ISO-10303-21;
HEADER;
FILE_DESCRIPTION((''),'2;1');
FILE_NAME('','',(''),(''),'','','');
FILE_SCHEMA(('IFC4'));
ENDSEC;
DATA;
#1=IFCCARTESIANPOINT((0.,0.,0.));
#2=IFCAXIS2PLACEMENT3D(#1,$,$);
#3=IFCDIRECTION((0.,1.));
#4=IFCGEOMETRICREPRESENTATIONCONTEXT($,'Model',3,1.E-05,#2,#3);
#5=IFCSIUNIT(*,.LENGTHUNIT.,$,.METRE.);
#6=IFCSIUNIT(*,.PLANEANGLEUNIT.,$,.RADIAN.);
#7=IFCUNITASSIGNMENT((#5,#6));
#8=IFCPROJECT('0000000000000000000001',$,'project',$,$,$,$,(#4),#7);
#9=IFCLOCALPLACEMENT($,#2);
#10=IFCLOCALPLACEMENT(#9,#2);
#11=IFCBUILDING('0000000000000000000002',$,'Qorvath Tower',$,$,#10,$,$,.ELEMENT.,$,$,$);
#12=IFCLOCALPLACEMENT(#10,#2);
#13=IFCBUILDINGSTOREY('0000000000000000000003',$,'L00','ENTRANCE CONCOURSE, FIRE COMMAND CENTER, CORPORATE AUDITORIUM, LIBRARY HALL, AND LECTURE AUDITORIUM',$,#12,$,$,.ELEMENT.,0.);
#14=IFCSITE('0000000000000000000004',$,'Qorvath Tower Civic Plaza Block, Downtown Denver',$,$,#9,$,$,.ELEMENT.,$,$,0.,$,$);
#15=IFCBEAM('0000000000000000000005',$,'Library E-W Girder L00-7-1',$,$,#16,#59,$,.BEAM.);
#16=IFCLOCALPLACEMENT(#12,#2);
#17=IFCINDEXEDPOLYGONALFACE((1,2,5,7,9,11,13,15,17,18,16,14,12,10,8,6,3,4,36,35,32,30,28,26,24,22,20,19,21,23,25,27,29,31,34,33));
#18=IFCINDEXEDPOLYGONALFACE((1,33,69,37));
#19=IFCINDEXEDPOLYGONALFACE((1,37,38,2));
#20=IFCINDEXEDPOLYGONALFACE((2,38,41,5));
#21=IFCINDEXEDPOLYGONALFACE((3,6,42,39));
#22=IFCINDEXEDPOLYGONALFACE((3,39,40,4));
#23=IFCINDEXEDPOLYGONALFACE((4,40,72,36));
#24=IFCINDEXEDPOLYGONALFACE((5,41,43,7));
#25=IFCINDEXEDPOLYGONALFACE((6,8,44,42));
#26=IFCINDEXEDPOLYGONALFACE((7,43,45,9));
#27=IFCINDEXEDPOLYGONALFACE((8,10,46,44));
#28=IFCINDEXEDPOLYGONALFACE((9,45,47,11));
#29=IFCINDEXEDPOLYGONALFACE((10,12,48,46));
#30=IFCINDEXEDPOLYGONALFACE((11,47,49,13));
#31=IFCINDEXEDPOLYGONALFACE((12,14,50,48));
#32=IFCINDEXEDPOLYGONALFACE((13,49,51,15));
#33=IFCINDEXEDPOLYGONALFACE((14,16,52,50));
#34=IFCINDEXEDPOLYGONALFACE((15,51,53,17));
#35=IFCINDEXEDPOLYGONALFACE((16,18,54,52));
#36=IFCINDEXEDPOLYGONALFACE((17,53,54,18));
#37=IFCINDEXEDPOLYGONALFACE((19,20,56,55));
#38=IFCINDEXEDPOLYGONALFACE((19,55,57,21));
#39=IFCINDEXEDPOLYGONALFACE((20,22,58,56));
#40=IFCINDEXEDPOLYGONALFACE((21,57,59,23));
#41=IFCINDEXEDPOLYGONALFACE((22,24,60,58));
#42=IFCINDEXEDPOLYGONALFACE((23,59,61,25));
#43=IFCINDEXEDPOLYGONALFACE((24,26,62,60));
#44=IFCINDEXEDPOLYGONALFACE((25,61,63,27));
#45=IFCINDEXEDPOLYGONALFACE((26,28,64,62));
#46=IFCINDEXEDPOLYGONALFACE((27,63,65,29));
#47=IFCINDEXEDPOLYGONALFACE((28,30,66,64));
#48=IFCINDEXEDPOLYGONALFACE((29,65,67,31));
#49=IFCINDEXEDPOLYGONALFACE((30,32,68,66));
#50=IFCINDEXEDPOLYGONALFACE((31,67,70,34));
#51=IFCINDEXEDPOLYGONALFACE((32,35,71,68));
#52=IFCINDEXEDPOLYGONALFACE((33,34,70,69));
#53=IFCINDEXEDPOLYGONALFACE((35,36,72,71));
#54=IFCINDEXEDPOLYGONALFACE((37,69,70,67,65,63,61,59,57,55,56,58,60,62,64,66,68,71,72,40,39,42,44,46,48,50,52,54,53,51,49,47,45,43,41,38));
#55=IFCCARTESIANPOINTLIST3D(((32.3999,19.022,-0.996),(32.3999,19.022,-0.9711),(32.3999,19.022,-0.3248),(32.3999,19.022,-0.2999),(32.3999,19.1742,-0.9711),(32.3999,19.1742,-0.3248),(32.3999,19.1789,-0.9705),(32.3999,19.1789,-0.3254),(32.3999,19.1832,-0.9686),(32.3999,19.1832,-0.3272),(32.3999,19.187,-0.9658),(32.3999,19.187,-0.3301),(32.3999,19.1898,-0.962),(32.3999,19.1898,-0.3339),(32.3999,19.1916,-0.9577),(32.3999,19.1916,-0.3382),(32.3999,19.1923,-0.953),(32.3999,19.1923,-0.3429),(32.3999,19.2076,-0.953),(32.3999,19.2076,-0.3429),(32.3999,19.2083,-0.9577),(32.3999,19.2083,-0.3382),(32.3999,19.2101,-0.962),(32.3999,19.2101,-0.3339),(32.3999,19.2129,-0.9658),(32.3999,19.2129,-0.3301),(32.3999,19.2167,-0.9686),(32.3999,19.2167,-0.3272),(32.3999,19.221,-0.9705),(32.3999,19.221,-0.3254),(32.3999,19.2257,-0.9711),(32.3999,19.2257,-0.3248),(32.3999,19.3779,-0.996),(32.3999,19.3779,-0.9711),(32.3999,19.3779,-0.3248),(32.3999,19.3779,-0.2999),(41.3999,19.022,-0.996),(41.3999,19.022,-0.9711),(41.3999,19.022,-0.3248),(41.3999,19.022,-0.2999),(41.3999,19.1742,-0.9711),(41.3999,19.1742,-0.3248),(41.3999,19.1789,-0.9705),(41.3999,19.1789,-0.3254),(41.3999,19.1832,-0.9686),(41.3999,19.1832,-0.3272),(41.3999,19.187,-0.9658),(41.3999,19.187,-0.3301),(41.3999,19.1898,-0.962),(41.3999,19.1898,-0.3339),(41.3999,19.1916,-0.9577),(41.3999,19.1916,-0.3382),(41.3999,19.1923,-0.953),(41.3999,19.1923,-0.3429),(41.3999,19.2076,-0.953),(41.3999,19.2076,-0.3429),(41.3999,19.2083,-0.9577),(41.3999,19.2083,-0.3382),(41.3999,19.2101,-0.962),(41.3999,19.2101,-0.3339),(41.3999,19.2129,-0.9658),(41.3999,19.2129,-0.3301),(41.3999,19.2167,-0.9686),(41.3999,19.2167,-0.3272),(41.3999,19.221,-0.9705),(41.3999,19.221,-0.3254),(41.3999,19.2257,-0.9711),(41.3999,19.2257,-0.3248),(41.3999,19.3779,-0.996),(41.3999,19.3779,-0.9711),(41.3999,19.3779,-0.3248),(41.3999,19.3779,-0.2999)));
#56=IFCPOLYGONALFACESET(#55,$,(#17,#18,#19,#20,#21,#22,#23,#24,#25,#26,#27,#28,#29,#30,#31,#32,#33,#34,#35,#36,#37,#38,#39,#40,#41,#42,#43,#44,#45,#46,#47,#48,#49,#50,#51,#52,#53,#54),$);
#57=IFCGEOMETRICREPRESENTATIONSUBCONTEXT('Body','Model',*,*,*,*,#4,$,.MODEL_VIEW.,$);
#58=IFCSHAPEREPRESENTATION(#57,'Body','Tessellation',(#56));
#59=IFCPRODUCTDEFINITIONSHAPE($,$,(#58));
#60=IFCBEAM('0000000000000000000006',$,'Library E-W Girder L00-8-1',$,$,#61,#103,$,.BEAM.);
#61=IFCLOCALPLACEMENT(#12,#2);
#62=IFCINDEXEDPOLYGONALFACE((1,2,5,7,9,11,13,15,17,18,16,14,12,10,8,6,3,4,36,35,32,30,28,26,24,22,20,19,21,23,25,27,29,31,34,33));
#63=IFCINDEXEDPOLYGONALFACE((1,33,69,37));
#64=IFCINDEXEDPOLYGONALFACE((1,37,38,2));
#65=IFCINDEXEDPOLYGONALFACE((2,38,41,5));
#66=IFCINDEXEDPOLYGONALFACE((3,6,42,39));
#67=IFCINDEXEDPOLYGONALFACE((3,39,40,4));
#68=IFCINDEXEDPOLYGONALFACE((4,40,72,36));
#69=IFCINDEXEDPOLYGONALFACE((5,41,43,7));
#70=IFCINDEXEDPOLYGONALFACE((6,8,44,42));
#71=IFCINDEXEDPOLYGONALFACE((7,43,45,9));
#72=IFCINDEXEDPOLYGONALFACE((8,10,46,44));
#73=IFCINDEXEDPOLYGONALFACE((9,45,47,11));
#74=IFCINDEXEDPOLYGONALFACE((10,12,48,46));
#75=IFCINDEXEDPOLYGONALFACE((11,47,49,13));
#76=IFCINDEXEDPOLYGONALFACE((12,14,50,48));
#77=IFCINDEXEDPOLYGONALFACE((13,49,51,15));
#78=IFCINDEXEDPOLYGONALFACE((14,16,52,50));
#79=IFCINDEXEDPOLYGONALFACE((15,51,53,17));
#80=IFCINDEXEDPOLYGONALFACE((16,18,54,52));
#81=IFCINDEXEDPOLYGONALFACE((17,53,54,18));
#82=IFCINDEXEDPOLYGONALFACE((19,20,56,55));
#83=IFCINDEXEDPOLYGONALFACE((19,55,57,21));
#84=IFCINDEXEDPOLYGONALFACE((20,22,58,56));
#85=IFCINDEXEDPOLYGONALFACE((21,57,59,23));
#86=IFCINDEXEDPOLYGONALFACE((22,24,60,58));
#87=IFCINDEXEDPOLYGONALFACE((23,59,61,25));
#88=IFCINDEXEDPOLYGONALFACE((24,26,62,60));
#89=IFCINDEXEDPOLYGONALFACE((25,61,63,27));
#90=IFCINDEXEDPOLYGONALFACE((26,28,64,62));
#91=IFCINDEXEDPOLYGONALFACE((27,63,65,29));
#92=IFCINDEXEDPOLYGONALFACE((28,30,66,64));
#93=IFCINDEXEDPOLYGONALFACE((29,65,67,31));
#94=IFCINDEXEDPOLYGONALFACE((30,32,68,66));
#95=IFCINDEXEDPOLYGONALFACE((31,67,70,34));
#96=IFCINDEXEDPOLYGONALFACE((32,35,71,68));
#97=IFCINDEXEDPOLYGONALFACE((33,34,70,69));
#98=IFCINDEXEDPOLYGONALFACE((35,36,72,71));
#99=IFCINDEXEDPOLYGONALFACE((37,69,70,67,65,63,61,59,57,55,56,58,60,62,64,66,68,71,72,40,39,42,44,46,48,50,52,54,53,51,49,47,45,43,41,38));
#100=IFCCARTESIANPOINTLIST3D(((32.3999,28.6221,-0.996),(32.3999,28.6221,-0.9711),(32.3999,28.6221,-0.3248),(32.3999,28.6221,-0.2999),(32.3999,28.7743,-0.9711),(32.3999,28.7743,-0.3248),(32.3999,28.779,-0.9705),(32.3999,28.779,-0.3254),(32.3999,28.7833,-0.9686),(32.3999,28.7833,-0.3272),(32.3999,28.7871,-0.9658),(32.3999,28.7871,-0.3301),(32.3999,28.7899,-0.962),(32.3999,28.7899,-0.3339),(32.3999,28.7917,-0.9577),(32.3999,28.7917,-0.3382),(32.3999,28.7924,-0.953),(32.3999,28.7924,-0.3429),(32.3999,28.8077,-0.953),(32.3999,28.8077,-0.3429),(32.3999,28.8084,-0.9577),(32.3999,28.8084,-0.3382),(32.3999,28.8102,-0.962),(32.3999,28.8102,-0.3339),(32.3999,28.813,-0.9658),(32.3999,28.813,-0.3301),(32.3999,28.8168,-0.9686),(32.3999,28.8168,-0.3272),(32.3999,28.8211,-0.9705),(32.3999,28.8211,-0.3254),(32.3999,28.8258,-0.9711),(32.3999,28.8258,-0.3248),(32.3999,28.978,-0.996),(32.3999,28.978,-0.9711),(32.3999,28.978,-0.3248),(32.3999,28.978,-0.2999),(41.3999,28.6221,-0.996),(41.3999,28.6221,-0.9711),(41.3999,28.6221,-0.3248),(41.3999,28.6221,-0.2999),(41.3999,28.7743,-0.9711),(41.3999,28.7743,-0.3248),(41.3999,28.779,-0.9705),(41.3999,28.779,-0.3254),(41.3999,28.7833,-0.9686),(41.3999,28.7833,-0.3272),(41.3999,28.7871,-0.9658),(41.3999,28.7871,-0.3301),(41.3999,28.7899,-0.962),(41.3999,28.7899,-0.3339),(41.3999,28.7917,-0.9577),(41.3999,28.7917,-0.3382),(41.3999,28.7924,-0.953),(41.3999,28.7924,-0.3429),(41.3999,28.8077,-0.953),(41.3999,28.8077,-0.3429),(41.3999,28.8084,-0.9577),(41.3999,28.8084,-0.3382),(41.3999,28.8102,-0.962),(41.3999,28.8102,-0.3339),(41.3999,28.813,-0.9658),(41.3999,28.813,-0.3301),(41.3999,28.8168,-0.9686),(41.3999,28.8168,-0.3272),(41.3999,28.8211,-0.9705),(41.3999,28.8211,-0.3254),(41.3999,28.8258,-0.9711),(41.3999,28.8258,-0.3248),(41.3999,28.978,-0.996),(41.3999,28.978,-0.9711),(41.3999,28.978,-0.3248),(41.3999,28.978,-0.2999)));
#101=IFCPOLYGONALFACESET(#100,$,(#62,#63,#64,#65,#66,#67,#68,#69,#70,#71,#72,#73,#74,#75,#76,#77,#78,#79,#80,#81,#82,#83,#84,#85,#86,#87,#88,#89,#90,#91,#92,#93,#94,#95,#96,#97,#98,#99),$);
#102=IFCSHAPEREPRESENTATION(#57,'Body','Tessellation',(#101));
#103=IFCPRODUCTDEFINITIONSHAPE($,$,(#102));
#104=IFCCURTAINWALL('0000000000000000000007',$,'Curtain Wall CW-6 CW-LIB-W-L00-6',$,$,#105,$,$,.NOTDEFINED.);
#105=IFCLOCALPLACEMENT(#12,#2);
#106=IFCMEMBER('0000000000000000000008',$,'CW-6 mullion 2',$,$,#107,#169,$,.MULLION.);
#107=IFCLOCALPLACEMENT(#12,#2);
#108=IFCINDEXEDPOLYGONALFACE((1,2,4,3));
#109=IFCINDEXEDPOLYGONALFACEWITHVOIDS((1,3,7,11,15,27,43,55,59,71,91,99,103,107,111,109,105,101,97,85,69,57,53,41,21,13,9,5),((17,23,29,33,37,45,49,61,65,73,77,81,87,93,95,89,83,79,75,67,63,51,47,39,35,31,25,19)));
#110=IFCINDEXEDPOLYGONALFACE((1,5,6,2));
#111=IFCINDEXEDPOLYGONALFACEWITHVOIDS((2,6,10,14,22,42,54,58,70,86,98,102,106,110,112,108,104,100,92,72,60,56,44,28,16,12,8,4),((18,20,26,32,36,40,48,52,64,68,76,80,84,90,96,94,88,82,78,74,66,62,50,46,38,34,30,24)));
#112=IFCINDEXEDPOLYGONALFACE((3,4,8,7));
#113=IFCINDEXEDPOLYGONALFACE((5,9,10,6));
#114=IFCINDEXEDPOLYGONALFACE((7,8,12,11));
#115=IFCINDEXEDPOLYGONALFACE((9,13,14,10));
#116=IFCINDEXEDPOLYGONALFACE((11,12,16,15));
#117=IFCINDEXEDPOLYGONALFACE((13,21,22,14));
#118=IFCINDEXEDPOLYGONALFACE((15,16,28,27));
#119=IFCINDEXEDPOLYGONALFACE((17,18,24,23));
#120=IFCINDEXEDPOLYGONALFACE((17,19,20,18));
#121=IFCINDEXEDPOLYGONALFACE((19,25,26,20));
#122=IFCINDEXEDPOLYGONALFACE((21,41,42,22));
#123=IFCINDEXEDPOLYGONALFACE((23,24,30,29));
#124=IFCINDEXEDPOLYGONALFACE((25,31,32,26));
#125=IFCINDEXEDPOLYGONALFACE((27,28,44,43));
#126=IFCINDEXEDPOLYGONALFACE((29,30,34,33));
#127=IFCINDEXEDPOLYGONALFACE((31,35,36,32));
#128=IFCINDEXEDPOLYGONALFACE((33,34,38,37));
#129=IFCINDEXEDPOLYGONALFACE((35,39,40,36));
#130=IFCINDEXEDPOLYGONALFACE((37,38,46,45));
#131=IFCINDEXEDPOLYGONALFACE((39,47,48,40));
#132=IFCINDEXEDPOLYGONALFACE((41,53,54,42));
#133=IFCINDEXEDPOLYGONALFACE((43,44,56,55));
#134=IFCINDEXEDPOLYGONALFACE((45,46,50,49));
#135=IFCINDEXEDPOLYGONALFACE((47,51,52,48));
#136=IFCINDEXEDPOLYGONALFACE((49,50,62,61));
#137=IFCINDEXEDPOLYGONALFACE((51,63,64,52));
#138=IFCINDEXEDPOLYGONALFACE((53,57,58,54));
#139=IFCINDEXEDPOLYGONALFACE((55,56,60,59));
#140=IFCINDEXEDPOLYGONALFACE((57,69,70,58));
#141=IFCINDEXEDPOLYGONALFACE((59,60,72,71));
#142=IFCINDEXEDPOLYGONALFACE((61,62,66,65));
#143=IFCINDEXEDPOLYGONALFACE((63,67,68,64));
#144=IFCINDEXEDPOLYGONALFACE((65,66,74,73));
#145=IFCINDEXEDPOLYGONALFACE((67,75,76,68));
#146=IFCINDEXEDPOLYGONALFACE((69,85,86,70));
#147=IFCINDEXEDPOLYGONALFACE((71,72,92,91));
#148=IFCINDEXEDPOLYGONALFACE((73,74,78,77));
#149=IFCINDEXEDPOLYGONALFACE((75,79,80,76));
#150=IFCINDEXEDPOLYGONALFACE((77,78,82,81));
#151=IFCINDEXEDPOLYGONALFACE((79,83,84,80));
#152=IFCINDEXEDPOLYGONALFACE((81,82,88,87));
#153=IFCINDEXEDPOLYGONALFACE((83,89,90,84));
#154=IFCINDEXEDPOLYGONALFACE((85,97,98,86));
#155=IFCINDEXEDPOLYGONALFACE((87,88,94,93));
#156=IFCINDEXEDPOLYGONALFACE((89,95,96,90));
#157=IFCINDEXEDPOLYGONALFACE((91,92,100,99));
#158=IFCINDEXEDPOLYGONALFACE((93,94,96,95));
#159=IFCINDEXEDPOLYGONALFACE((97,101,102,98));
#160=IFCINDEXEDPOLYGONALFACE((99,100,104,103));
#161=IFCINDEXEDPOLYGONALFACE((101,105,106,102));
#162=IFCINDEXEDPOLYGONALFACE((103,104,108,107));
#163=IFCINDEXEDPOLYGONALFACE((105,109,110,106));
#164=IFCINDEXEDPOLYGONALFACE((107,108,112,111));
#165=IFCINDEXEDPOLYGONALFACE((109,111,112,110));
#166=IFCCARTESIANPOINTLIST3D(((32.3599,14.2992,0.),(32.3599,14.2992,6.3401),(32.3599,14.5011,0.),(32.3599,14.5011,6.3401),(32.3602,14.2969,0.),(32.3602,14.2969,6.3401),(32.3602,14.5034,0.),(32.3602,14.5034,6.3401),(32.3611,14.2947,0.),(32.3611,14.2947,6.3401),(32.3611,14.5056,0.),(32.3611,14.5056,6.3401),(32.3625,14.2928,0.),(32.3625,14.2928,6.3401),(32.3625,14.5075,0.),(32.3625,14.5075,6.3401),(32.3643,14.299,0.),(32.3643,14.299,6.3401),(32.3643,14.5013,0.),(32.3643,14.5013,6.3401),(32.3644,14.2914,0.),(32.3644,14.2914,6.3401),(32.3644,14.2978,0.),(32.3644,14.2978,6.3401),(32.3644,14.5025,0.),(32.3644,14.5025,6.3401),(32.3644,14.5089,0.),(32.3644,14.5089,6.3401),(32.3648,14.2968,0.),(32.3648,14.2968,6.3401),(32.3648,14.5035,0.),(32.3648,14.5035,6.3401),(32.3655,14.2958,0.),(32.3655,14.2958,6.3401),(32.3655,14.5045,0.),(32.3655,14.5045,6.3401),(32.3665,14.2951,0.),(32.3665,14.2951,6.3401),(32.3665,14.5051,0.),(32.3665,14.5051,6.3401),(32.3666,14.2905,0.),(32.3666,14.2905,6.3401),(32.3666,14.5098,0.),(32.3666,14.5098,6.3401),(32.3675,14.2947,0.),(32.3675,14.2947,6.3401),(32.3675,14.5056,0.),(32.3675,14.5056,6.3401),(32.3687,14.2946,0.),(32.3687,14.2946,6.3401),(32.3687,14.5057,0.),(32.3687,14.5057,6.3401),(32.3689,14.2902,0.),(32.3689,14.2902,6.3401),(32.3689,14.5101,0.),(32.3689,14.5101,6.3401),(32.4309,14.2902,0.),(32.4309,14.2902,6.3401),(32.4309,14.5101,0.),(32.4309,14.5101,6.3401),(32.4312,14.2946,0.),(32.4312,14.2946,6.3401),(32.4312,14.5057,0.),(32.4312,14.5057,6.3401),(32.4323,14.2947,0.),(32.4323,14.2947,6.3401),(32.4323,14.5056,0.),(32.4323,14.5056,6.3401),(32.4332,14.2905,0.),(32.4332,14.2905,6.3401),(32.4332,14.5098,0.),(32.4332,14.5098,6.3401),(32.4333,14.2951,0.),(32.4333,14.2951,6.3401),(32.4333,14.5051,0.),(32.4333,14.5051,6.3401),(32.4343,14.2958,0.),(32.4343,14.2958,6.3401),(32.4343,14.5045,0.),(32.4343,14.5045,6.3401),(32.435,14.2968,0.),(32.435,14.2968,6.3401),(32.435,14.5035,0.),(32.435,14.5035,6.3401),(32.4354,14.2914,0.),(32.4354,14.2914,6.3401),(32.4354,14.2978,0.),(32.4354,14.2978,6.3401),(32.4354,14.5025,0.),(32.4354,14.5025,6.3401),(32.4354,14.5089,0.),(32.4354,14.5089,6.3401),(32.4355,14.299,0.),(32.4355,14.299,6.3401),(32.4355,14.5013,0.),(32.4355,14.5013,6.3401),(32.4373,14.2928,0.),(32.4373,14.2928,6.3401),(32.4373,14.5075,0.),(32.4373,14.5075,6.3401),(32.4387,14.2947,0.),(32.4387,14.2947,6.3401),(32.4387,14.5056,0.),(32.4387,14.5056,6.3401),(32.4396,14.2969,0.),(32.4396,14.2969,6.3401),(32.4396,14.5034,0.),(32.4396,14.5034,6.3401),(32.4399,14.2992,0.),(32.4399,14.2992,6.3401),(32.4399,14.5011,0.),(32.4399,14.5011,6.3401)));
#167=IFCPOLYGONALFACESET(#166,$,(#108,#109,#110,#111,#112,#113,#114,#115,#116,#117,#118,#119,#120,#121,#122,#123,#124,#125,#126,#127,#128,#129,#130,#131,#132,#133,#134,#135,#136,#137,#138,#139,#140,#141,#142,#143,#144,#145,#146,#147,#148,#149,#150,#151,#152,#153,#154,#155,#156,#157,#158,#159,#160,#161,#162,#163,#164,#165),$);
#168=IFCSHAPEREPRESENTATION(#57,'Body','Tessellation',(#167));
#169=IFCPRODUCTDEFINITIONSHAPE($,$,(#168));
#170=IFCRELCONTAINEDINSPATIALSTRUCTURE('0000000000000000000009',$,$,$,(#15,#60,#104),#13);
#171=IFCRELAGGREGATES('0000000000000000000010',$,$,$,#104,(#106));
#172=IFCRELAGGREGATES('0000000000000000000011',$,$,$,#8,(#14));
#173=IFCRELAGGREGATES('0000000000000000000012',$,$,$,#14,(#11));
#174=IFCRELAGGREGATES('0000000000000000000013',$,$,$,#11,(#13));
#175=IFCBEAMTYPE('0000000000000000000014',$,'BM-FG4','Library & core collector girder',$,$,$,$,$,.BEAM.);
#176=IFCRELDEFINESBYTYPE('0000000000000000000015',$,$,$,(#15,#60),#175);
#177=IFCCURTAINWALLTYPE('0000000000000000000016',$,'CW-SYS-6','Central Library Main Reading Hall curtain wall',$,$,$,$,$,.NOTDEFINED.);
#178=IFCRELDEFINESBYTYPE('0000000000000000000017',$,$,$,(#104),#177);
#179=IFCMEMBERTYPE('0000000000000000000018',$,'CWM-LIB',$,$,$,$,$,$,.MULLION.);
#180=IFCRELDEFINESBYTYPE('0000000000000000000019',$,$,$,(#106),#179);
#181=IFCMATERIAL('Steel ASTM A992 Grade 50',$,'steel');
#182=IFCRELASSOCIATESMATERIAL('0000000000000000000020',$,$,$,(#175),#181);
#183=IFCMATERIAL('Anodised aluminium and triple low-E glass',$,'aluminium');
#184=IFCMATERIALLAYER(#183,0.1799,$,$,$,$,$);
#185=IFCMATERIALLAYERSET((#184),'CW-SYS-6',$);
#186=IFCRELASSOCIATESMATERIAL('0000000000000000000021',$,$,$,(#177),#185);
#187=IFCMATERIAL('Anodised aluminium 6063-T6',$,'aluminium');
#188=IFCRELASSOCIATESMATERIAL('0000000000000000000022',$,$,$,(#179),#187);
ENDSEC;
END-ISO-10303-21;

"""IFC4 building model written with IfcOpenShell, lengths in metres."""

from ifc_helpers import new_model, si_unit, direction, frame, origin, origin_2d, place, context, subcontext, project, spatial, hollow_rectangle, i_section, extrude, material, layer, layer_set, material_profile, profile_set, type_object, element, aggregate, save


model = new_model("IFC4")

# Units and contexts
model_context = context("Model", 3, precision=1e-05, world=origin(), true_north=direction((0.0, 1.0)))
body_context = subcontext(model_context, "Body", "Model", "MODEL_VIEW")
ifc_project = project(units=[si_unit("LENGTHUNIT", "METRE"), si_unit("PLANEANGLEUNIT", "RADIAN")], contexts=[model_context])

# Site, building, storey
site_placement = place(None, origin())
site = spatial("IfcSite", under=ifc_project, at=site_placement, Name="Qorvath Tower Civic Plaza Block, Downtown Denver", CompositionType="ELEMENT", RefElevation=0.0)
building_placement = place(site_placement, origin())
building = spatial("IfcBuilding", under=site, at=building_placement, Name="Qorvath Tower", CompositionType="ELEMENT")
storey_placement = place(building_placement, origin())
storey = spatial("IfcBuildingStorey", under=building, at=storey_placement, Name="L00", Description="ENTRANCE CONCOURSE, FIRE COMMAND CENTER, CORPORATE AUDITORIUM, LIBRARY HALL, AND LECTURE AUDITORIUM", CompositionType="ELEMENT", Elevation=0.0)

# Beams
ifc_material_1 = material(Name="Steel ASTM A992 Grade 50", Category="steel")
ifc_material_profile_1 = material_profile(ifc_material_1, i_section(OverallWidth=0.356, OverallDepth=0.696, WebThickness=0.0154, FlangeThickness=0.0249, FilletRadius=0.0181, at=origin_2d()), Name="W27x146")
ifc_profile_set_1 = profile_set([ifc_material_profile_1], Name="Steel ASTM A992 Grade 50")
beam_type_1 = type_object("IfcBeamType", Name="BM-FG4", Description="Library & core collector girder", PredefinedType="BEAM", material=ifc_profile_set_1)
for number, where, z_axis, x_axis, name in (
    (1, (32.3999, 19.2, -0.6479), (1.0, 0.0, 0.0), (0.0, 1.0, 0.0), "Library E-W Girder L00-7-1"),
    (2, (32.3999, 28.8, -0.6479), (1.0, 0.0, 0.0), (0.0, 1.0, 0.0), "Library E-W Girder L00-8-1"),
):
    element("IfcBeam", number, at=place(storey_placement, frame(where, z_axis=z_axis, x_axis=x_axis)), inside=storey, type_object=beam_type_1, Name=name, PredefinedType="BEAM", context=body_context, shape_type="SweptSolid", body=[
        extrude(i_section(OverallWidth=0.356, OverallDepth=0.696, WebThickness=0.0154, FlangeThickness=0.0249, FilletRadius=0.0181, at=origin_2d()), origin(), (0.0, 0.0, 1.0), 9.0),
    ])

# Curtain wall, member
ifc_material_2 = material(Name="Anodised aluminium and triple low-E glass", Category="aluminium")
ifc_layer_1 = layer(ifc_material_2, 0.1799)
ifc_layer_set_1 = layer_set([ifc_layer_1], Name="CW-SYS-6")
curtain_wall_type = type_object("IfcCurtainWallType", Name="CW-SYS-6", Description="Central Library Main Reading Hall curtain wall", PredefinedType="NOTDEFINED", material=ifc_layer_set_1)
curtain_wall_placement = place(storey_placement, origin())
curtain_wall = element("IfcCurtainWall", 3, at=curtain_wall_placement, inside=storey, type_object=curtain_wall_type, Name="Curtain Wall CW-6 CW-LIB-W-L00-6", PredefinedType="NOTDEFINED")
ifc_material_3 = material(Name="Anodised aluminium 6063-T6", Category="aluminium")
ifc_material_profile_2 = material_profile(ifc_material_3, hollow_rectangle(XDim=0.0801, YDim=0.22, WallThickness=0.0044, InnerFilletRadius=0.0044, OuterFilletRadius=0.009, at=origin_2d()), Name="CWM LIB 220x80")
ifc_profile_set_2 = profile_set([ifc_material_profile_2], Name="Anodised aluminium 6063-T6")
member_type_1 = type_object("IfcMemberType", Name="CWM-LIB", PredefinedType="MULLION", material=ifc_profile_set_2)
member_1_placement = place(storey_placement, frame((32.3999, 14.4001, 0.0), z_axis=(0.0, 0.0, 1.0), x_axis=(-1.0, 0.0, 0.0)))
member_1 = element("IfcMember", 4, at=member_1_placement, type_object=member_type_1, Name="CW-6 mullion 2", PredefinedType="MULLION", context=body_context, shape_type="SweptSolid", body=[
    extrude(hollow_rectangle(XDim=0.0801, YDim=0.22, WallThickness=0.0044, InnerFilletRadius=0.0044, OuterFilletRadius=0.009, at=origin_2d()), origin(), (0.0, 0.0, 1.0), 6.3401),
])

aggregate(curtain_wall, [member_1])

save(model, "model.ifc")
